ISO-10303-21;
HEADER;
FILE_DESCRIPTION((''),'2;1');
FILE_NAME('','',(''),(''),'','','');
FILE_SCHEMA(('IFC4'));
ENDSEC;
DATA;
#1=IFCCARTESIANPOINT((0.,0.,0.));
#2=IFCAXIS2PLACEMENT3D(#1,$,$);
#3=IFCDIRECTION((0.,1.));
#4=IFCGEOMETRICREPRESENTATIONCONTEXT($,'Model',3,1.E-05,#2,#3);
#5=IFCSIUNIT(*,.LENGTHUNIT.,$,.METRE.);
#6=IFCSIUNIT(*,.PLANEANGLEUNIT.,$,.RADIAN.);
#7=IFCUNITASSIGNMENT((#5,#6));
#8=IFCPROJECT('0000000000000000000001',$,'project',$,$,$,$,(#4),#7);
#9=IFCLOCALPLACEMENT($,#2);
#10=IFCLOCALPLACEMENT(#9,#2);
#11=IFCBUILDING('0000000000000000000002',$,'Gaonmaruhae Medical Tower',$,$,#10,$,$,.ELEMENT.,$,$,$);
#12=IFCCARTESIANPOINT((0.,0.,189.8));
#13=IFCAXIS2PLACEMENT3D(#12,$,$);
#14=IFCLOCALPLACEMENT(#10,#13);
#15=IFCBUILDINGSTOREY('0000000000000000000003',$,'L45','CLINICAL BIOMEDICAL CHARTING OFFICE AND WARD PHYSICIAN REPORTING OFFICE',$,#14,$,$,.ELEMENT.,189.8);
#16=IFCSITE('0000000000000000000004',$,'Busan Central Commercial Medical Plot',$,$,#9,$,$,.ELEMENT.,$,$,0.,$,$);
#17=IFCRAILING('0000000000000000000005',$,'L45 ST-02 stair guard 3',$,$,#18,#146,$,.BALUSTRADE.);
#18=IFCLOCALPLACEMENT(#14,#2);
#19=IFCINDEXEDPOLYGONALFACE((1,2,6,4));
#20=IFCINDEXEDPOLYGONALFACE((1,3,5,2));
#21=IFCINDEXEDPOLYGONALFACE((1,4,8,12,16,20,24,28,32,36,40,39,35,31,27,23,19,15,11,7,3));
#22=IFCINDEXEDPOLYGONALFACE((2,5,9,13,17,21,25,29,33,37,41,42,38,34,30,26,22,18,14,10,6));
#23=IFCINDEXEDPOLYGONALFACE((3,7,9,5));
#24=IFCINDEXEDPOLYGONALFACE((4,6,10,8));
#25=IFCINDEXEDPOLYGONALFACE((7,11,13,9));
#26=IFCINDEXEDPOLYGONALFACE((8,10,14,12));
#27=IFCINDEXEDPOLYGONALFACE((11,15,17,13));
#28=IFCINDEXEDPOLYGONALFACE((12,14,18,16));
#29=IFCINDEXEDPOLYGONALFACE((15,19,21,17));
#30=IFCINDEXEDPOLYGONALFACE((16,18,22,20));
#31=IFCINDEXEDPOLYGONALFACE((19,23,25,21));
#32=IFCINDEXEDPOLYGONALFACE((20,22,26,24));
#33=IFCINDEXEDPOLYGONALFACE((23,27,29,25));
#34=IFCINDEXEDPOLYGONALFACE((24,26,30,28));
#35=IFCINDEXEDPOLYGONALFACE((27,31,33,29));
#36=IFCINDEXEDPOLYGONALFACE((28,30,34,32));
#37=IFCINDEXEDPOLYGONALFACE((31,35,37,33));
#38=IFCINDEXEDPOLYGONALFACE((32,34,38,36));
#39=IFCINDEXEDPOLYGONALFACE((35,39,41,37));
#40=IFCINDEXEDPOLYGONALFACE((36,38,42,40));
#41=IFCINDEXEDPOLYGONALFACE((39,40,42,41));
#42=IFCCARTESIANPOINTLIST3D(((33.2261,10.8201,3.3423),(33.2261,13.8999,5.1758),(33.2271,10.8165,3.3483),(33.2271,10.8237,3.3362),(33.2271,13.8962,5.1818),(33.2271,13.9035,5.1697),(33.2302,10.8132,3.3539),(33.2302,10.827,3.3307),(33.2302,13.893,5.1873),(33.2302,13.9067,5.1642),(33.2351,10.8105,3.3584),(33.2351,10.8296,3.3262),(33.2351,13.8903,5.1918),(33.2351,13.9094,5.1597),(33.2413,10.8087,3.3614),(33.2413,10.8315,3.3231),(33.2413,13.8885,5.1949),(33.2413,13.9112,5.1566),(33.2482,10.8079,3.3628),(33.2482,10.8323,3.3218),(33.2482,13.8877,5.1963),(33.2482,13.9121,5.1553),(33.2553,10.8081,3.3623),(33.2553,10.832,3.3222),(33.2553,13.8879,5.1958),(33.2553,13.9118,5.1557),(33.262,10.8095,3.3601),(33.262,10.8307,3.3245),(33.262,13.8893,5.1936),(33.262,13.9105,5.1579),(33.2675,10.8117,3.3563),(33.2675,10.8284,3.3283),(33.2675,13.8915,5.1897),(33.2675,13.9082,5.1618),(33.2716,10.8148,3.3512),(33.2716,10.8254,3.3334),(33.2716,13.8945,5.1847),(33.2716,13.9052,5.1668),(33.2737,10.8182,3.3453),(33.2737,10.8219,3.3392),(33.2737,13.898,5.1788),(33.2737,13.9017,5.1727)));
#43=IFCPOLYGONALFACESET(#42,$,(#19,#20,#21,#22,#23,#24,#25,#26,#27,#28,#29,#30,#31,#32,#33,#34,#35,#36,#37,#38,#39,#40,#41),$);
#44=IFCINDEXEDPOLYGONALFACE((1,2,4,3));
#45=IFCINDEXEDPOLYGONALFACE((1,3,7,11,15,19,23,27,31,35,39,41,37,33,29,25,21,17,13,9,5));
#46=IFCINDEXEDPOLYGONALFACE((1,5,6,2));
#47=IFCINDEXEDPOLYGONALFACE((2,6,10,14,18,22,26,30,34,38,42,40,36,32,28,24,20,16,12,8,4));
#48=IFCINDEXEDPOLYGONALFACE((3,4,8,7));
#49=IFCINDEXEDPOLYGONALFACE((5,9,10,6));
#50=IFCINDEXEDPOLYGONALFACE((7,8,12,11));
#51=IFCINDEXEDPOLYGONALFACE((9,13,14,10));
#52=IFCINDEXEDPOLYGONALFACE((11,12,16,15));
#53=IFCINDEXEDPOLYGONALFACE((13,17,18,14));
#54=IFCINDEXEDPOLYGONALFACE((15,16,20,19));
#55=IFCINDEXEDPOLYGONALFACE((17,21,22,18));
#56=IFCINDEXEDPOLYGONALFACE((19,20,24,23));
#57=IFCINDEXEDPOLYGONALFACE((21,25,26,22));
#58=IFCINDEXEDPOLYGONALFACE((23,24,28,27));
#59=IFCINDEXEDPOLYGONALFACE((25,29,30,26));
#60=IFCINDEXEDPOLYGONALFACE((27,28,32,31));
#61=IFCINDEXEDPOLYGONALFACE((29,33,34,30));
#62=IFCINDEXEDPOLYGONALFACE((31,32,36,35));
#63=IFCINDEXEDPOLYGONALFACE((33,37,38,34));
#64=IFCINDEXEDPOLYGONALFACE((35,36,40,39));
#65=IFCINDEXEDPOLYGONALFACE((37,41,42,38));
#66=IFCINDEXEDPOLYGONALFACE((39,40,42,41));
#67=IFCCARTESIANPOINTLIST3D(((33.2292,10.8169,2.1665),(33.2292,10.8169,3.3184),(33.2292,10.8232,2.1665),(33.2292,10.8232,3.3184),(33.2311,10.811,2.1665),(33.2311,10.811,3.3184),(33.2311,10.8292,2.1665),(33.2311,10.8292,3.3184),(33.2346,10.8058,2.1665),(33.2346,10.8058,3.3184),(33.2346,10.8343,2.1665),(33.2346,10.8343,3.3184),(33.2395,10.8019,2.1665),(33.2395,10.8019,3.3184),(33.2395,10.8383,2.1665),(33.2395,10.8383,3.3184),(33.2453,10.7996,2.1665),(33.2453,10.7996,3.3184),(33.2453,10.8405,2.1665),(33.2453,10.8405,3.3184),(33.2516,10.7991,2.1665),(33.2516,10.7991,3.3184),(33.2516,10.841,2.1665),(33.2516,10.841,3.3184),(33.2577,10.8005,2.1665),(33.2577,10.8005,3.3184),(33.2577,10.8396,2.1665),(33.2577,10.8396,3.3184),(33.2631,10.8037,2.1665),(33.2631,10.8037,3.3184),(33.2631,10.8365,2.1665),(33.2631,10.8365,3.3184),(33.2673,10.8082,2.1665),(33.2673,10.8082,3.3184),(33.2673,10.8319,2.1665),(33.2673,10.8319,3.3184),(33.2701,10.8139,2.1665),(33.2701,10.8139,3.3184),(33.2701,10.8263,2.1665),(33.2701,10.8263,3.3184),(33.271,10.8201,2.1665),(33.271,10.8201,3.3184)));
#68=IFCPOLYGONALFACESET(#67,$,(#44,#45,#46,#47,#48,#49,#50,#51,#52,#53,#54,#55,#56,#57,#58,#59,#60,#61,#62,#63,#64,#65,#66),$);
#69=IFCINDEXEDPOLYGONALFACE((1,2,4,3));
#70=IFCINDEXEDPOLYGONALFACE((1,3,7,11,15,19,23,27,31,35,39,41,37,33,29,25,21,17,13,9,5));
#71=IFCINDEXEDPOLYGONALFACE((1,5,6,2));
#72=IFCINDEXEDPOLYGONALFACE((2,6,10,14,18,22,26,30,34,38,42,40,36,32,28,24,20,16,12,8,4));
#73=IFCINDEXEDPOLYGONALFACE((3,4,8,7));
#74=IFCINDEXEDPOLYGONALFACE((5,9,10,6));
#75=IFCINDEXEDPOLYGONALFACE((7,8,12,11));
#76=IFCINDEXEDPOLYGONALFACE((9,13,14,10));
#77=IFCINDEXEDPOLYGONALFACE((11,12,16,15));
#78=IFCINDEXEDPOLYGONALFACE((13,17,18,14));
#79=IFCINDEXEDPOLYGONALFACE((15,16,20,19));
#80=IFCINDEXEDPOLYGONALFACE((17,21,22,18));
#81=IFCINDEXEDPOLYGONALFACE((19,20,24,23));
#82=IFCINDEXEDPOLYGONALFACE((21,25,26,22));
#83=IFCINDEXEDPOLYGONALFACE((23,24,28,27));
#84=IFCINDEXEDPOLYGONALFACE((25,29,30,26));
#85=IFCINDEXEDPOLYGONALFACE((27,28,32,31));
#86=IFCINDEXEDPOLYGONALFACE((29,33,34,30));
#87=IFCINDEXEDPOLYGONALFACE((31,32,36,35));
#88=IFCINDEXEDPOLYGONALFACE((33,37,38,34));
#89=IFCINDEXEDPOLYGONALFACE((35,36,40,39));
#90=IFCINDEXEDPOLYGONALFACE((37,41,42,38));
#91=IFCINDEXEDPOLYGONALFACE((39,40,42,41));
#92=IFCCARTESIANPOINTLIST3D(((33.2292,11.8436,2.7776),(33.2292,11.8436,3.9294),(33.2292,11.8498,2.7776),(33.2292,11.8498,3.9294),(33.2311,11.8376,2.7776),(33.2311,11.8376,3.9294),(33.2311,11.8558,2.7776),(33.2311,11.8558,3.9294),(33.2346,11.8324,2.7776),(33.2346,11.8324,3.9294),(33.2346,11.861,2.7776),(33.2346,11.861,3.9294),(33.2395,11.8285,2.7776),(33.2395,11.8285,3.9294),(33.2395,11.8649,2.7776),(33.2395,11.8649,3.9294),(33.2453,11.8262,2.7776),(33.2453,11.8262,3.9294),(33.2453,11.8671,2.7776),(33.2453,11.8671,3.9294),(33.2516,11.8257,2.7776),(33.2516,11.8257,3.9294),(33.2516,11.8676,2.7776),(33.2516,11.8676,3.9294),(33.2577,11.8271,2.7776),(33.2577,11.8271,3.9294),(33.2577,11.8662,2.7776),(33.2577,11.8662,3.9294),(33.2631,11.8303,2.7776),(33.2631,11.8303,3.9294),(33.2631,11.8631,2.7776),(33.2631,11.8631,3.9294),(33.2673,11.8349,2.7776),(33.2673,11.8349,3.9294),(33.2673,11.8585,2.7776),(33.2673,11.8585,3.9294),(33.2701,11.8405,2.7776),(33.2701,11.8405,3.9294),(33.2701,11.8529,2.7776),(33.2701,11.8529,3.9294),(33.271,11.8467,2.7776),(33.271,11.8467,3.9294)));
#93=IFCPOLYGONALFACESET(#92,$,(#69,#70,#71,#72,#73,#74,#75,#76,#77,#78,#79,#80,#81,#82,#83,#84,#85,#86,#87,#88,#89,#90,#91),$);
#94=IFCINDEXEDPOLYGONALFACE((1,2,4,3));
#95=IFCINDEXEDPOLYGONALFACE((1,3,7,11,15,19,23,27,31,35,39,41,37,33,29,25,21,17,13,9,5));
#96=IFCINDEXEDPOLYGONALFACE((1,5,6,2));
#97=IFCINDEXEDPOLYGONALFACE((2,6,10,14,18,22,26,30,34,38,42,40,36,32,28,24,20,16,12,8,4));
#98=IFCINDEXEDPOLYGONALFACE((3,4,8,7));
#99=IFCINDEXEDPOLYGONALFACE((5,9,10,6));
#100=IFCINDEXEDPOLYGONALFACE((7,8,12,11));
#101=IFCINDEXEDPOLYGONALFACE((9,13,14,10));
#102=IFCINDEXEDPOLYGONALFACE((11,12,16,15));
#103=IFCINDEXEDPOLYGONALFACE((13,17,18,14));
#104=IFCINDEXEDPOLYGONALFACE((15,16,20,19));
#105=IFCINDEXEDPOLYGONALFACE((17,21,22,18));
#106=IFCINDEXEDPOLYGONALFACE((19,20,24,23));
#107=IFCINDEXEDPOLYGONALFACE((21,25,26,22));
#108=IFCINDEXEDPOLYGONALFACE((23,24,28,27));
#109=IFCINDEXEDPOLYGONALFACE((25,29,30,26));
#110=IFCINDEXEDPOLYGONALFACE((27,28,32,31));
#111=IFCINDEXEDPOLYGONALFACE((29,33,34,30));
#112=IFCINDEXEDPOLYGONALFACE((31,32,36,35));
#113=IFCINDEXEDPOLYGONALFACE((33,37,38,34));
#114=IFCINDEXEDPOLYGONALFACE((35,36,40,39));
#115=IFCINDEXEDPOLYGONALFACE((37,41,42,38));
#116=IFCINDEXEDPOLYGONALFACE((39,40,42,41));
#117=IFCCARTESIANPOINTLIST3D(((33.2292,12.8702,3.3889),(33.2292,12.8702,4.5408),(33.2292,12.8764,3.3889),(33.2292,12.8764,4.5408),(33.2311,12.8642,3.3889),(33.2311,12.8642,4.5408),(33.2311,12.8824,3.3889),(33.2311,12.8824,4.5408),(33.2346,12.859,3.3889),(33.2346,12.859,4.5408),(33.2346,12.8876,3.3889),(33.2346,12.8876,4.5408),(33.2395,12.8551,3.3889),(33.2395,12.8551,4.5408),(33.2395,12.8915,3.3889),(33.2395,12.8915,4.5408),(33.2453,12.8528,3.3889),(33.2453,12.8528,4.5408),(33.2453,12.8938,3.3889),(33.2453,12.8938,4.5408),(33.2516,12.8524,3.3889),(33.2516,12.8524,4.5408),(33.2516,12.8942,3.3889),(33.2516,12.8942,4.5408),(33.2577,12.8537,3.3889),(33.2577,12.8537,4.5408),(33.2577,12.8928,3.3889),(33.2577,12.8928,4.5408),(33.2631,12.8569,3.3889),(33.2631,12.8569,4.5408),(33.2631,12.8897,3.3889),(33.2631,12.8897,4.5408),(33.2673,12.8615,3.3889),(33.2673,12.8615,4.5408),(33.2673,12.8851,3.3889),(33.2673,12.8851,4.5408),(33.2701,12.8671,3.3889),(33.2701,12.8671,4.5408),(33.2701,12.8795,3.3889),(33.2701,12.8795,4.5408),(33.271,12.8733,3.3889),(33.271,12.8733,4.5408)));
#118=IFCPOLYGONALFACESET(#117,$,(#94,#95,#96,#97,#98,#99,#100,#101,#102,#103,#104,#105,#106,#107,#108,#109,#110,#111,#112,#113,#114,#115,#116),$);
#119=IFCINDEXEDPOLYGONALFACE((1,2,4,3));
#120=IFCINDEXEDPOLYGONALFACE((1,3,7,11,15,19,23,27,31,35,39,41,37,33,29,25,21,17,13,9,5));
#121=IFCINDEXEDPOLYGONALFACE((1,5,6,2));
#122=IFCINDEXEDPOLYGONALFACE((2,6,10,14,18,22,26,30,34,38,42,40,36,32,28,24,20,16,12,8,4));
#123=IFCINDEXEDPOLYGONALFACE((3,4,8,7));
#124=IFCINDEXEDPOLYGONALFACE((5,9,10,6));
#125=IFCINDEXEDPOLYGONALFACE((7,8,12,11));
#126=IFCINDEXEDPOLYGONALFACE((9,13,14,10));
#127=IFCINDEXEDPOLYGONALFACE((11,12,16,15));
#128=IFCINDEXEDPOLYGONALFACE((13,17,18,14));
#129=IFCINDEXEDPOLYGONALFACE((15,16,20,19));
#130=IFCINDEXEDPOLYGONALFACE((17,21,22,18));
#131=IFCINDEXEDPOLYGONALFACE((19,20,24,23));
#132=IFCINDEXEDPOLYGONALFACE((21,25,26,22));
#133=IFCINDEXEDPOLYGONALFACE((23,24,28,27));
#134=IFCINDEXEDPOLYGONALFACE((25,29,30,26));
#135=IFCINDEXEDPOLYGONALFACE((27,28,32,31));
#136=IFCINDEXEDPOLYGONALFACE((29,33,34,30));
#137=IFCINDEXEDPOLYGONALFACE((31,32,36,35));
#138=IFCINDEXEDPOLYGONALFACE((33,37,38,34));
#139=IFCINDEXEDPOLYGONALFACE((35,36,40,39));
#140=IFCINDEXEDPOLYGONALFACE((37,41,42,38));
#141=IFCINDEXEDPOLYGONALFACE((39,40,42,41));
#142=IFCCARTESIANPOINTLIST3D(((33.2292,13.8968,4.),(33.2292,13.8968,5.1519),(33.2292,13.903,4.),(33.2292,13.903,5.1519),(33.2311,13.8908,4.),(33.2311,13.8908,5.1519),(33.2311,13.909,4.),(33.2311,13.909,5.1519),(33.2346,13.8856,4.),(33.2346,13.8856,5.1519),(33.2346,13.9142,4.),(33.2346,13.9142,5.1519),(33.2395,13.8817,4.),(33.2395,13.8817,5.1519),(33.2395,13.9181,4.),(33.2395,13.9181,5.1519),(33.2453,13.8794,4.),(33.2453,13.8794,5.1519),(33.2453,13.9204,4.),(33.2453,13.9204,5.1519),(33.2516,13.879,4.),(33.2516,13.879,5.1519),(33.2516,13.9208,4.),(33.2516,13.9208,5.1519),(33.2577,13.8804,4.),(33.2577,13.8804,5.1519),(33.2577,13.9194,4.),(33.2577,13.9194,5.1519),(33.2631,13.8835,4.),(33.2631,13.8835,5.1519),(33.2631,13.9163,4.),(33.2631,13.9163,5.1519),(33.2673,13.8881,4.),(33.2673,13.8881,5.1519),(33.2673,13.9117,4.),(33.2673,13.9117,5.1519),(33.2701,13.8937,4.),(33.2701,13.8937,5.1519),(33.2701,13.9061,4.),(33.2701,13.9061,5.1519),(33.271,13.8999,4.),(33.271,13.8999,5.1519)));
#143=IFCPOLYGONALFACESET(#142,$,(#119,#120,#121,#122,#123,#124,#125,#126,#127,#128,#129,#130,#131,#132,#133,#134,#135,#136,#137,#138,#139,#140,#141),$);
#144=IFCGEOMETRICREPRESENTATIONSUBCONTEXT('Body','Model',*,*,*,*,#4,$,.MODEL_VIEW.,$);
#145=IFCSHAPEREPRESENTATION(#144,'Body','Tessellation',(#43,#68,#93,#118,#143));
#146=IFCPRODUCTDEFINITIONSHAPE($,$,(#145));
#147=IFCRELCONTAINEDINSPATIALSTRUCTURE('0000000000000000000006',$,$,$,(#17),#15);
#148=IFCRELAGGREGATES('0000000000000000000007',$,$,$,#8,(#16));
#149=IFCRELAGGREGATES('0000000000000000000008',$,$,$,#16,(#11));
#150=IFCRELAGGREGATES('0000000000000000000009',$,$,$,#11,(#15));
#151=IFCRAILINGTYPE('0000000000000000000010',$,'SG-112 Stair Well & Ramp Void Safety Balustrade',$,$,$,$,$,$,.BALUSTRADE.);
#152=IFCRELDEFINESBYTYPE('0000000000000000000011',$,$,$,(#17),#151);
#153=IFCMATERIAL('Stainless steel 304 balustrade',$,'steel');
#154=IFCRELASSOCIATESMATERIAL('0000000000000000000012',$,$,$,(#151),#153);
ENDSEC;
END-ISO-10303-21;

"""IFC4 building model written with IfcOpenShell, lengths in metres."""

from ifc_helpers import new_model, si_unit, direction, frame, origin, origin_2d, place, context, subcontext, project, spatial, circle, extrude, material, type_object, element, save


model = new_model("IFC4")

# Units and contexts
model_context = context("Model", 3, precision=1e-05, world=origin(), true_north=direction((0.0, 1.0)))
body_context = subcontext(model_context, "Body", "Model", "MODEL_VIEW")
ifc_project = project(units=[si_unit("LENGTHUNIT", "METRE"), si_unit("PLANEANGLEUNIT", "RADIAN")], contexts=[model_context])

# Site, building, storey
site_placement = place(None, origin())
site = spatial("IfcSite", under=ifc_project, at=site_placement, Name="Busan Central Commercial Medical Plot", CompositionType="ELEMENT", RefElevation=0.0)
building_placement = place(site_placement, origin())
building = spatial("IfcBuilding", under=site, at=building_placement, Name="Gaonmaruhae Medical Tower", CompositionType="ELEMENT")
storey_placement = place(building_placement, frame((0.0, 0.0, 189.8)))
storey = spatial("IfcBuildingStorey", under=building, at=storey_placement, Name="L45", Description="CLINICAL BIOMEDICAL CHARTING OFFICE AND WARD PHYSICIAN REPORTING OFFICE", CompositionType="ELEMENT", Elevation=189.8)

# Railing
ifc_material_1 = material(Name="Stainless steel 304 balustrade", Category="steel")
railing_type_1 = type_object("IfcRailingType", Name="SG-112 Stair Well & Ramp Void Safety Balustrade", PredefinedType="BALUSTRADE", material=ifc_material_1)
railing_1_placement = place(storey_placement, frame((33.25, 10.8201, 2.1665)))
element("IfcRailing", 1, at=railing_1_placement, inside=storey, type_object=railing_type_1, Name="L45 ST-02 stair guard 3", PredefinedType="BALUSTRADE", context=body_context, shape_type="SweptSolid", body=[
    extrude(circle(Radius=0.0239, at=origin_2d()), frame((0.0, 0.0, 1.1758), z_axis=(0.0, 0.859261, 0.511538), x_axis=(-1.0, 0.0, 0.0)), (0.0, 0.0, 1.0), 3.5842),
    extrude(circle(Radius=0.021, at=origin_2d()), origin(), (0.0, 0.0, 1.0), 1.1519),
    extrude(circle(Radius=0.021, at=origin_2d()), frame((0.0, 1.0266, 0.6111)), (0.0, 0.0, 1.0), 1.1519),
    extrude(circle(Radius=0.021, at=origin_2d()), frame((0.0, 2.0532, 1.2224)), (0.0, 0.0, 1.0), 1.1519),
    extrude(circle(Radius=0.021, at=origin_2d()), frame((0.0, 3.0798, 1.8335)), (0.0, 0.0, 1.0), 1.1519),
])

save(model, "model.ifc")
